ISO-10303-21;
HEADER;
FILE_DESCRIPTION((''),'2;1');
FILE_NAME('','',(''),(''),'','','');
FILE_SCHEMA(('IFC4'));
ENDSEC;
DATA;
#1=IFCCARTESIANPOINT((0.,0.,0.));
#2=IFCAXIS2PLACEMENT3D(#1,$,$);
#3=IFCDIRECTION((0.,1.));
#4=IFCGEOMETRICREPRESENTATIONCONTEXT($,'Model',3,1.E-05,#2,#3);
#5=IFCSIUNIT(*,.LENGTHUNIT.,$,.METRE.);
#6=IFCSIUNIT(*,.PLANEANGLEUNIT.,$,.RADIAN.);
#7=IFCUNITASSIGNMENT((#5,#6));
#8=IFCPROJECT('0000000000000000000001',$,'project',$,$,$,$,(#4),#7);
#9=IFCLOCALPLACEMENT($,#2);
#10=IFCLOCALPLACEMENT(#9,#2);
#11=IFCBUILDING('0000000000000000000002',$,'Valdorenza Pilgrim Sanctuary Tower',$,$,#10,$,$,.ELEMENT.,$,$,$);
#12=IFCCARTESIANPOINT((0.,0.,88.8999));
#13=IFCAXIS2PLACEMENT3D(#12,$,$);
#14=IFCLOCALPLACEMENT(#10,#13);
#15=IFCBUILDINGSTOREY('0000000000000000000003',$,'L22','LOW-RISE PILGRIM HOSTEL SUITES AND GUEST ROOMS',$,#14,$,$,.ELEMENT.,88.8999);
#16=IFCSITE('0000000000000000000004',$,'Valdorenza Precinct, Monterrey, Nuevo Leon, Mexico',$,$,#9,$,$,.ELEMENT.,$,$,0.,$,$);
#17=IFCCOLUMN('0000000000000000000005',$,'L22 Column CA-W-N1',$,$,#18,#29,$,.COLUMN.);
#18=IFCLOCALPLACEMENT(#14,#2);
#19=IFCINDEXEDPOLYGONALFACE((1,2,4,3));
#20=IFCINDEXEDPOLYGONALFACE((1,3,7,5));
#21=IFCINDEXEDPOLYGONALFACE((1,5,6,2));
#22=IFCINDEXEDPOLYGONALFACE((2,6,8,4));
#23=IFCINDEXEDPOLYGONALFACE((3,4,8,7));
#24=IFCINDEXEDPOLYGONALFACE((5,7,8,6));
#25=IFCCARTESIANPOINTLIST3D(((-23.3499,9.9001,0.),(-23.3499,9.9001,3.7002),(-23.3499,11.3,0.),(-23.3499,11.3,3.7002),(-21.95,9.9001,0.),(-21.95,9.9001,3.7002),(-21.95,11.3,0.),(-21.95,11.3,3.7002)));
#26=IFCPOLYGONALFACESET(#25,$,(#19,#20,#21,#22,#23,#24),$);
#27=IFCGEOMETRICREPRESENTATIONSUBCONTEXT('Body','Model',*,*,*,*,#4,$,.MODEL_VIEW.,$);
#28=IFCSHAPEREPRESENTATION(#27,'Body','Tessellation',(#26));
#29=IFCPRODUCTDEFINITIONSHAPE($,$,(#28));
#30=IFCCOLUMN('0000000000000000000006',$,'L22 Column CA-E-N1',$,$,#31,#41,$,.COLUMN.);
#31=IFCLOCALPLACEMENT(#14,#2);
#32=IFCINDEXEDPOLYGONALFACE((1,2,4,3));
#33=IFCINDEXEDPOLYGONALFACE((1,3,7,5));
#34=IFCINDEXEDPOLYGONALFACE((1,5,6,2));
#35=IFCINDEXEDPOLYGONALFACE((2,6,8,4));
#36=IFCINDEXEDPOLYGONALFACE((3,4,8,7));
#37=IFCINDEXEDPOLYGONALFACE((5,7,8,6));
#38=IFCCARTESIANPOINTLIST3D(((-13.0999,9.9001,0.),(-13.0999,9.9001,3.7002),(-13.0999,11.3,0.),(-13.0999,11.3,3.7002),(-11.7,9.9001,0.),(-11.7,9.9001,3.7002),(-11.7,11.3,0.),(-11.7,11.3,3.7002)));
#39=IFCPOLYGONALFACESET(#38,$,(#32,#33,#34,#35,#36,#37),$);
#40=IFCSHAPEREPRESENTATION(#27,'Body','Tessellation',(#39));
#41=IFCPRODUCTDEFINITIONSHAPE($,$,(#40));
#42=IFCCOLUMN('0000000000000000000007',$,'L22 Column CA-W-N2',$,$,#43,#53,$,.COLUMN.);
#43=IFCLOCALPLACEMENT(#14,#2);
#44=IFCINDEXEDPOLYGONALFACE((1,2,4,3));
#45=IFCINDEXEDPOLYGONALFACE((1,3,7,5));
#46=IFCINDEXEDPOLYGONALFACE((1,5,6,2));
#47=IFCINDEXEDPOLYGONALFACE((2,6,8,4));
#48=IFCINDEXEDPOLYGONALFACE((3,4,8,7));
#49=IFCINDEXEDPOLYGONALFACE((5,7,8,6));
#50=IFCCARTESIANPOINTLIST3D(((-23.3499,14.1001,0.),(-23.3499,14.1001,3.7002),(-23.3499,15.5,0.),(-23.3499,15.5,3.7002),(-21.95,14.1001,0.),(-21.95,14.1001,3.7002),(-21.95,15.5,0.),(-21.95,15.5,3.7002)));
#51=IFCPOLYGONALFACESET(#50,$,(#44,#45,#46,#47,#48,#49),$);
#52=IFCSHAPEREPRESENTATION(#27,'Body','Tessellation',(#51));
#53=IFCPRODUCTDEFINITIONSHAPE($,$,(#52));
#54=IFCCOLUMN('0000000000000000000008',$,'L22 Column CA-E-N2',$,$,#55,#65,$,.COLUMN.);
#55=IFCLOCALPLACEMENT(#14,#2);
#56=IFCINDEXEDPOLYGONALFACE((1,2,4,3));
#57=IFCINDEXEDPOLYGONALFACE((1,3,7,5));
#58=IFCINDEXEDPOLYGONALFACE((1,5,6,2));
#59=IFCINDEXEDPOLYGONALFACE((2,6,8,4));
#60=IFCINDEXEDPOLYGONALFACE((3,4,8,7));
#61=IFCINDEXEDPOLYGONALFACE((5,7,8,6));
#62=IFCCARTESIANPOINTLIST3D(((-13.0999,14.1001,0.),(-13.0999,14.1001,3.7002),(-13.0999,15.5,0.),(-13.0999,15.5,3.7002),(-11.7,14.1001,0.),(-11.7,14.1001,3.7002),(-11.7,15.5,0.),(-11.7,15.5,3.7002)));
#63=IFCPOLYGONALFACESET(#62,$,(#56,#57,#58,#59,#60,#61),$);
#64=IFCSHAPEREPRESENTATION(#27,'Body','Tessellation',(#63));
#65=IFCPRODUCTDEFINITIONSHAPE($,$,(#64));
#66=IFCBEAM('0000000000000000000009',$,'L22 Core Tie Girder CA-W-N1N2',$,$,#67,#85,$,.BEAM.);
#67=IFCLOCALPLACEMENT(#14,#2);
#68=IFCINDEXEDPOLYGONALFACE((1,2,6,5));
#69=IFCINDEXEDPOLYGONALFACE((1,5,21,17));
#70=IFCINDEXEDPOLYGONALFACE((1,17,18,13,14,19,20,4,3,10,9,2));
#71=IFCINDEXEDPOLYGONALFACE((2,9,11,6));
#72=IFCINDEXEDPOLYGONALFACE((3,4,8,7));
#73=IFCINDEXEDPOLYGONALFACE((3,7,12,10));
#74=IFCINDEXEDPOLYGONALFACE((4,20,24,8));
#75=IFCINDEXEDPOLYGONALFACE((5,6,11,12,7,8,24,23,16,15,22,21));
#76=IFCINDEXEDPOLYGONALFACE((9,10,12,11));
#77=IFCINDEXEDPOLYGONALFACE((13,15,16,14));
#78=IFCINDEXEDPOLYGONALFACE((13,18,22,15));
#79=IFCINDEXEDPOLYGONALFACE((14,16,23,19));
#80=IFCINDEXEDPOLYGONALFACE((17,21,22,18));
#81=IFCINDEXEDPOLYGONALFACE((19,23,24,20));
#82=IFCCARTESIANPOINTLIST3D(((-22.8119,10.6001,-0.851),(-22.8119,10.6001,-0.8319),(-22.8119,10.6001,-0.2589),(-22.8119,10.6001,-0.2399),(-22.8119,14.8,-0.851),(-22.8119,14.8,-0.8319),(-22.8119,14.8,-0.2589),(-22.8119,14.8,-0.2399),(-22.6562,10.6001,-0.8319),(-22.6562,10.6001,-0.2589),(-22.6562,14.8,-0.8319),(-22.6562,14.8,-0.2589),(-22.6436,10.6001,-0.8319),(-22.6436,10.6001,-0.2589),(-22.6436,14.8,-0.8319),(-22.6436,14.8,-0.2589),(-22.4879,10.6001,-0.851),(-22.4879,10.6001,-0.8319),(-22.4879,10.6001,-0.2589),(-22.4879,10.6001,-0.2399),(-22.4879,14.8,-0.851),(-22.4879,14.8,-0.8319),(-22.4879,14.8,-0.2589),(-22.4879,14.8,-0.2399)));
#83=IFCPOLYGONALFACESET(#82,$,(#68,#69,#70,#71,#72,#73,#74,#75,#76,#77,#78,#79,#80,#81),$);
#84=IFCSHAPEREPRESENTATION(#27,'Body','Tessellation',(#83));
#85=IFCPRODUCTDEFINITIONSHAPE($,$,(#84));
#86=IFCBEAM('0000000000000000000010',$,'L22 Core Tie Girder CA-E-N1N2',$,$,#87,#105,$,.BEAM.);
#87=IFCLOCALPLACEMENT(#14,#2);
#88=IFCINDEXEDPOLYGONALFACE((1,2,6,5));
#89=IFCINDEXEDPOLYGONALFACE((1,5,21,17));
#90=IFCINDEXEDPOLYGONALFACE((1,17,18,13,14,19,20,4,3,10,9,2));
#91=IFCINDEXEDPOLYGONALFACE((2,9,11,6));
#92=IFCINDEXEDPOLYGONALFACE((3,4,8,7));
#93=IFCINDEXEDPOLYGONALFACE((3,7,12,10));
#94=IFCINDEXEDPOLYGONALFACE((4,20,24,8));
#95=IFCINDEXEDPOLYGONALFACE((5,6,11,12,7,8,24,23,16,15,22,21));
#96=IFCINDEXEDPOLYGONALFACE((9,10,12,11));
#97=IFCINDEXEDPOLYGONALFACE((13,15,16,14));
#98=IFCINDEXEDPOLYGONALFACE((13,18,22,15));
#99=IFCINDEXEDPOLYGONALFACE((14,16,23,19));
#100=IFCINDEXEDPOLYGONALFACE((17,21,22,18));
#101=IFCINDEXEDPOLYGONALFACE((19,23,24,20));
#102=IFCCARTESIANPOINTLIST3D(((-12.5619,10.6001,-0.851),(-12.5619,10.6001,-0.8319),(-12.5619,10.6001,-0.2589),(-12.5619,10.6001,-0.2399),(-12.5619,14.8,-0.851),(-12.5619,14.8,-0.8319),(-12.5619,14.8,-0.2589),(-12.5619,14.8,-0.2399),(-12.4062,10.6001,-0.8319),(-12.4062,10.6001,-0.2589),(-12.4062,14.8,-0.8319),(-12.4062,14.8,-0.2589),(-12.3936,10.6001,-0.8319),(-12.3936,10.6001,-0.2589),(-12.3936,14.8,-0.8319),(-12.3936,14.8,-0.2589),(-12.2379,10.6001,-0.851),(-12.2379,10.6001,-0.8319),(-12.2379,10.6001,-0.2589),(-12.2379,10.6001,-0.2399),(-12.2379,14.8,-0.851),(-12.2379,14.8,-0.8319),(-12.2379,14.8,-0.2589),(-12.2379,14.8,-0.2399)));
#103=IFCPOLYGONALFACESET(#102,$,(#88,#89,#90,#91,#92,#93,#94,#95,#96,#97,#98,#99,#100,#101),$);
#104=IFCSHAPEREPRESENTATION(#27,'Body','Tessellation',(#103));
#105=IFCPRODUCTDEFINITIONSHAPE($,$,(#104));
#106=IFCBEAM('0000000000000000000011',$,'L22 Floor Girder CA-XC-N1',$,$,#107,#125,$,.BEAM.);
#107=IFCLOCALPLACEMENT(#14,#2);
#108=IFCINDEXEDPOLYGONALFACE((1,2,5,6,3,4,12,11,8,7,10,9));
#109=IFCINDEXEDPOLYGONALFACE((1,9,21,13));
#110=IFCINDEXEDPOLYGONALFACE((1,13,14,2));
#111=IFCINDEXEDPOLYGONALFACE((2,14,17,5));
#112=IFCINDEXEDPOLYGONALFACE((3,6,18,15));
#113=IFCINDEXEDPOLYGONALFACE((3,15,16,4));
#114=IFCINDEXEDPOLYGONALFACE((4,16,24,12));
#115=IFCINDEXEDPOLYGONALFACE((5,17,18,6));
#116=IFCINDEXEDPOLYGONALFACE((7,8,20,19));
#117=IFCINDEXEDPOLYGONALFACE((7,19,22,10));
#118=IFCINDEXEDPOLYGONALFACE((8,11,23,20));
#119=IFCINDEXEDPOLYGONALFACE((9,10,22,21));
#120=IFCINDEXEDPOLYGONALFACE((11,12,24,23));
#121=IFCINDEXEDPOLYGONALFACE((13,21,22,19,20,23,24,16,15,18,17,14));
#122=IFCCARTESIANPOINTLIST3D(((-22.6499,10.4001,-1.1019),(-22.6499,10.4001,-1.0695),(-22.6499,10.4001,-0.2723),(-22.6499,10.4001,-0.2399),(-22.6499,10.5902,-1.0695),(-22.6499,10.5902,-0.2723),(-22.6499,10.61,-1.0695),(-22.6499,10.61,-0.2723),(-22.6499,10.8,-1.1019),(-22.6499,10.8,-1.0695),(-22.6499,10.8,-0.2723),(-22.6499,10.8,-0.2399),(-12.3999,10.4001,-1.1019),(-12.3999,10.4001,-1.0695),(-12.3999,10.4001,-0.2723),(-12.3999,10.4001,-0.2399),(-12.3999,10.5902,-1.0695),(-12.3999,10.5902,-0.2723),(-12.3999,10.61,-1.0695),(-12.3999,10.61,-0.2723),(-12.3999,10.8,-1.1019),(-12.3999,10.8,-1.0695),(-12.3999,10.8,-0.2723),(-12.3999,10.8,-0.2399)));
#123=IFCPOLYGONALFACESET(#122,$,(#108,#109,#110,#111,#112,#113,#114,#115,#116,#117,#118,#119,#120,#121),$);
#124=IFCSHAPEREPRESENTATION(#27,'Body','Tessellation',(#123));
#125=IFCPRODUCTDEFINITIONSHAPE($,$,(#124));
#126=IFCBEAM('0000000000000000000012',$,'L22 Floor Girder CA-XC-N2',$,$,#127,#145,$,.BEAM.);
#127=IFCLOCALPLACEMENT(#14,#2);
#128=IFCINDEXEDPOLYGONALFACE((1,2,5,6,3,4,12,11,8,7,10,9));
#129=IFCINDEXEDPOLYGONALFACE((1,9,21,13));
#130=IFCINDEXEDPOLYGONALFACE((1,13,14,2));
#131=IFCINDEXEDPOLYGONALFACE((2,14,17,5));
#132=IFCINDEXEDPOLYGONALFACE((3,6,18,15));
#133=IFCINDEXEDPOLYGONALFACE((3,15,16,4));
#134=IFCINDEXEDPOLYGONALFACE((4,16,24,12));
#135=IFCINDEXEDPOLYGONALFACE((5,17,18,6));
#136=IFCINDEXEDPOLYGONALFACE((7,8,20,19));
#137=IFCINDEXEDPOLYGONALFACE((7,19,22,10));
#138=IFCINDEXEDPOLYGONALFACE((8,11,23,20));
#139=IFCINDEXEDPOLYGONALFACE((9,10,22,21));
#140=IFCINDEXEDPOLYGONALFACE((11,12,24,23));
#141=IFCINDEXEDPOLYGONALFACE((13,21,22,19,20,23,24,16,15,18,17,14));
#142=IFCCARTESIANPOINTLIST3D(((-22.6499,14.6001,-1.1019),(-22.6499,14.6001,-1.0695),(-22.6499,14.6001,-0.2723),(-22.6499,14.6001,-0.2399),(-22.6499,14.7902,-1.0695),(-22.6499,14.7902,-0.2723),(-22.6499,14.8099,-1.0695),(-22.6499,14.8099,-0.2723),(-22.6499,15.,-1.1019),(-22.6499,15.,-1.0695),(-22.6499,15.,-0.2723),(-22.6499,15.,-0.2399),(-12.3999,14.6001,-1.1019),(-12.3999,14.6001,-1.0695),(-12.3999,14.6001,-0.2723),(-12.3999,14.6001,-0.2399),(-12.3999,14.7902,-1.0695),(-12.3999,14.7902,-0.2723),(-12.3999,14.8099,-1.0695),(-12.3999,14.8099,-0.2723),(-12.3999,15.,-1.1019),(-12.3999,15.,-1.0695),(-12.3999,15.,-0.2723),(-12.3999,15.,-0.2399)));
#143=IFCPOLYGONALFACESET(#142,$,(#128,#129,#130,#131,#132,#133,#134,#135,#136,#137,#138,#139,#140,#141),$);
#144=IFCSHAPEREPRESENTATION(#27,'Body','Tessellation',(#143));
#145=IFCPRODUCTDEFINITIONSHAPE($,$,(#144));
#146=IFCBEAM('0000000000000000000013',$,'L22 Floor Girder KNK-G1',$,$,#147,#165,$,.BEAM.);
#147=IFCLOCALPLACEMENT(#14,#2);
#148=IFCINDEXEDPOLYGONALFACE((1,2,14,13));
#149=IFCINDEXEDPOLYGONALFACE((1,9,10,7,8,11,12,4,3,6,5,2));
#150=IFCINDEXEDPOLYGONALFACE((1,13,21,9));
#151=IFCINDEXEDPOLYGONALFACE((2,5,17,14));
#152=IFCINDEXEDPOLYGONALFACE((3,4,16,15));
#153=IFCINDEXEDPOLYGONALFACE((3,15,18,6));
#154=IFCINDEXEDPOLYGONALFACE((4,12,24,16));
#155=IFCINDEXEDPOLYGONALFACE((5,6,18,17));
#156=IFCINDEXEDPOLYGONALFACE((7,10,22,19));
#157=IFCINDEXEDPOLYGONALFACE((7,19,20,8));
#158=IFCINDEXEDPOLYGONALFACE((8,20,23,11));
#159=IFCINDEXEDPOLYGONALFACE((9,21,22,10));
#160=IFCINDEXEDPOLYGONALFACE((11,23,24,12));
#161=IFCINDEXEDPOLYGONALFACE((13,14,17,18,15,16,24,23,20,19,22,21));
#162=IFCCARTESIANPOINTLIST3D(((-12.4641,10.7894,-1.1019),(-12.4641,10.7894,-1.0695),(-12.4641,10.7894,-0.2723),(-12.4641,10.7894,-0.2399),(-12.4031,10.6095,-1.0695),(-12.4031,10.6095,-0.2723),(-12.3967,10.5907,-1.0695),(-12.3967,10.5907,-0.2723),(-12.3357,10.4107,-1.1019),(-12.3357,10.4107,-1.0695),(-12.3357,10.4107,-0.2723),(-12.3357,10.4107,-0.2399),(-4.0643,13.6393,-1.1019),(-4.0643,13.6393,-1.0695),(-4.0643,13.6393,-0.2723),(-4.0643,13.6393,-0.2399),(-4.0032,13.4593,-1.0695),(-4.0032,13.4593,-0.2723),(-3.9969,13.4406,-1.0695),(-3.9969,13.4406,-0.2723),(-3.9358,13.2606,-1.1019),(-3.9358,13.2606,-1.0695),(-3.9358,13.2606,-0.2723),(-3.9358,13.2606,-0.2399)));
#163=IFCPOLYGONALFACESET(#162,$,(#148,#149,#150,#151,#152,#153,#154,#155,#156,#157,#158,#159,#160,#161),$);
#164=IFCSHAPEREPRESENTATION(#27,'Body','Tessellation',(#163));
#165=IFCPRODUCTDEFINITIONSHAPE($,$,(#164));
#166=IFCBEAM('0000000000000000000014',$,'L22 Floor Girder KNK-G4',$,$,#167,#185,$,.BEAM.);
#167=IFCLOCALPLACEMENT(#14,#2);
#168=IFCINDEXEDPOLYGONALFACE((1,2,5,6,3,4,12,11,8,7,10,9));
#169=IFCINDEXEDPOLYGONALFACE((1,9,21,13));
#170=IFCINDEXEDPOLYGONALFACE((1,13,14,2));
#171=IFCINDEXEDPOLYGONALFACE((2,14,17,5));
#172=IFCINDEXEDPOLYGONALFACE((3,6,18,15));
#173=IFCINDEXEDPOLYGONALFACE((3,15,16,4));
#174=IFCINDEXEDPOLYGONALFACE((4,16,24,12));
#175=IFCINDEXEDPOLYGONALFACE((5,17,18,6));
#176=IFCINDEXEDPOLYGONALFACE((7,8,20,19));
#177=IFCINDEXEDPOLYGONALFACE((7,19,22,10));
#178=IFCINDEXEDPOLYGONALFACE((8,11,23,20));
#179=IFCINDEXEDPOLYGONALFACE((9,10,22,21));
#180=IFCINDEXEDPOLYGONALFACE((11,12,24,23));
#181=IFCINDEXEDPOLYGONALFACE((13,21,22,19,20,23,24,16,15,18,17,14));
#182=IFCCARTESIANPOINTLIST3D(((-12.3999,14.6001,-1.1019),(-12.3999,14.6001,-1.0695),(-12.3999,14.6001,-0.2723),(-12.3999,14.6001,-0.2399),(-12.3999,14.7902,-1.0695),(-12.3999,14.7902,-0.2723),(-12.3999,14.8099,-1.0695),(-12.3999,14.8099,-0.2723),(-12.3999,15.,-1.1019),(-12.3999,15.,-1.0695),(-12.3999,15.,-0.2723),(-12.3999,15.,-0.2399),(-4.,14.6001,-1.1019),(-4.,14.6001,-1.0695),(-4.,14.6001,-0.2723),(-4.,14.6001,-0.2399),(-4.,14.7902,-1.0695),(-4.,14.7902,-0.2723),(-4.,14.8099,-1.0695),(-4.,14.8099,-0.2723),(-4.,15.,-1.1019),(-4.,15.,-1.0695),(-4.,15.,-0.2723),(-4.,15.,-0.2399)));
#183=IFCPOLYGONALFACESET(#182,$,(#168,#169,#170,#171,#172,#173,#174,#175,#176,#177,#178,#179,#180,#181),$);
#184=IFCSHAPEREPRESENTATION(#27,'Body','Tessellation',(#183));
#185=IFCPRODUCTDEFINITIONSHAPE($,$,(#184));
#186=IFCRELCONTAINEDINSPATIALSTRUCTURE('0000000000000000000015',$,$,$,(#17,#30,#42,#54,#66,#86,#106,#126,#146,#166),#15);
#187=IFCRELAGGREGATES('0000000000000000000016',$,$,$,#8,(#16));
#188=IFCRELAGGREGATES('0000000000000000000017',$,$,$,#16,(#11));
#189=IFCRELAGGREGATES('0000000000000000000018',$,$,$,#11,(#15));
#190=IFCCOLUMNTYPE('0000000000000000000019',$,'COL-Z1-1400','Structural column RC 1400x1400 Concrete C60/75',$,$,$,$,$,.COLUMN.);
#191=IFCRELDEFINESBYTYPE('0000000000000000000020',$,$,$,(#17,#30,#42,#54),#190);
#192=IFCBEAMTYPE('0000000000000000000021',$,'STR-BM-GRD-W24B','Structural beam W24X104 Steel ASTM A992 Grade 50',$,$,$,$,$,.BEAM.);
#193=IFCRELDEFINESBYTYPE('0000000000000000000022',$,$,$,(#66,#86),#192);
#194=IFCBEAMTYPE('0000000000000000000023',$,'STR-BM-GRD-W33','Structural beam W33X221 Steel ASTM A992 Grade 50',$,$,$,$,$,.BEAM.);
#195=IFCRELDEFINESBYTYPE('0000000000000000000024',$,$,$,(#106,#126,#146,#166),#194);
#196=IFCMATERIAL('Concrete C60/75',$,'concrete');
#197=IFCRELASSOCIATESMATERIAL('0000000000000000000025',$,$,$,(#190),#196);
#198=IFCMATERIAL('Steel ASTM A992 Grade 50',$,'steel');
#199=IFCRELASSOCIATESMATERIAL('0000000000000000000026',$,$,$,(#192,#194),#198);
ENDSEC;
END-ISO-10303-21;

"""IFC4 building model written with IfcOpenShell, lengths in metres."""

from ifc_helpers import new_model, si_unit, direction, frame, origin, origin_2d, place, context, subcontext, project, spatial, rectangle, i_section, extrude, source, transform, mapped, material, material_profile, profile_set, type_object, element, save


model = new_model("IFC4")

# Units and contexts
model_context = context("Model", 3, precision=1e-05, world=origin(), true_north=direction((0.0, 1.0)))
body_context = subcontext(model_context, "Body", "Model", "MODEL_VIEW")
ifc_project = project(units=[si_unit("LENGTHUNIT", "METRE"), si_unit("PLANEANGLEUNIT", "RADIAN")], contexts=[model_context])

# Site, building, storey
site_placement = place(None, origin())
site = spatial("IfcSite", under=ifc_project, at=site_placement, Name="Valdorenza Precinct, Monterrey, Nuevo Leon, Mexico", CompositionType="ELEMENT", RefElevation=0.0)
building_placement = place(site_placement, origin())
building = spatial("IfcBuilding", under=site, at=building_placement, Name="Valdorenza Pilgrim Sanctuary Tower", CompositionType="ELEMENT")
storey_placement = place(building_placement, frame((0.0, 0.0, 88.8999)))
storey = spatial("IfcBuildingStorey", under=building, at=storey_placement, Name="L22", Description="LOW-RISE PILGRIM HOSTEL SUITES AND GUEST ROOMS", CompositionType="ELEMENT", Elevation=88.8999)

# Columns
ifc_material_1 = material(Name="Concrete C60/75", Category="concrete")
ifc_material_profile_1 = material_profile(ifc_material_1, rectangle(XDim=1.3999, YDim=1.3999, at=origin_2d()), Name="RC 1400x1400")
ifc_profile_set_1 = profile_set([ifc_material_profile_1], Name="Concrete C60/75")
column_type = type_object("IfcColumnType", Name="COL-Z1-1400", Description="Structural column RC 1400x1400 Concrete C60/75", PredefinedType="COLUMN", material=ifc_profile_set_1)
shared_shape_1 = source(origin(), body_context, "Body", "SweptSolid", [
    extrude(rectangle(XDim=1.3999, YDim=1.3999, at=origin_2d()), origin(), (0.0, 0.0, 1.0), 3.7002),
])
for number, where, z_axis, x_axis, name in (
    (1, (-22.6499, 10.6001, 0.0), (0.0, 0.0, 1.0), (1.0, 0.0, 0.0), "L22 Column CA-W-N1"),
    (2, (-12.3999, 10.6001, 0.0), (0.0, 0.0, 1.0), (1.0, 0.0, 0.0), "L22 Column CA-E-N1"),
    (3, (-22.6499, 14.8, 0.0), (0.0, 0.0, 1.0), (1.0, 0.0, 0.0), "L22 Column CA-W-N2"),
    (4, (-12.3999, 14.8, 0.0), (0.0, 0.0, 1.0), (1.0, 0.0, 0.0), "L22 Column CA-E-N2"),
):
    element("IfcColumn", number, at=place(storey_placement, frame(where, z_axis=z_axis, x_axis=x_axis)), inside=storey, type_object=column_type, Name=name, PredefinedType="COLUMN", context=body_context, shape_type="MappedRepresentation", body=[
        mapped(shared_shape_1, transform((0.0, 0.0, 0.0), x_axis=(1.0, 0.0, 0.0), y_axis=(0.0, 1.0, 0.0), z_axis=(0.0, 0.0, 1.0), scale=1.0)),
    ])

# Beams
ifc_material_2 = material(Name="Steel ASTM A992 Grade 50", Category="steel")
ifc_material_profile_2 = material_profile(ifc_material_2, i_section(OverallWidth=0.324, OverallDepth=0.6111, WebThickness=0.0127, FlangeThickness=0.019, at=origin_2d()), Name="W24X104")
ifc_profile_set_2 = profile_set([ifc_material_profile_2], Name="Steel ASTM A992 Grade 50")
beam_type_1 = type_object("IfcBeamType", Name="STR-BM-GRD-W24B", Description="Structural beam W24X104 Steel ASTM A992 Grade 50", PredefinedType="BEAM", material=ifc_profile_set_2)
shared_shape_2 = source(origin(), body_context, "Body", "SweptSolid", [
    extrude(i_section(OverallWidth=0.324, OverallDepth=0.6111, WebThickness=0.0127, FlangeThickness=0.019, at=origin_2d()), origin(), (0.0, 0.0, 1.0), 4.2),
])
for number, where, z_axis, x_axis, name in (
    (5, (-22.6499, 10.6001, -0.5454), (0.0, 1.0, 0.0), (-1.0, 0.0, 0.0), "L22 Core Tie Girder CA-W-N1N2"),
    (6, (-12.3999, 10.6001, -0.5454), (0.0, 1.0, 0.0), (-1.0, 0.0, 0.0), "L22 Core Tie Girder CA-E-N1N2"),
):
    element("IfcBeam", number, at=place(storey_placement, frame(where, z_axis=z_axis, x_axis=x_axis)), inside=storey, type_object=beam_type_1, Name=name, PredefinedType="BEAM", context=body_context, shape_type="MappedRepresentation", body=[
        mapped(shared_shape_2, transform((0.0, 0.0, 0.0), x_axis=(1.0, 0.0, 0.0), y_axis=(0.0, 1.0, 0.0), z_axis=(0.0, 0.0, 1.0), scale=1.0)),
    ])
ifc_material_profile_3 = material_profile(ifc_material_2, i_section(OverallWidth=0.3999, OverallDepth=0.8621, WebThickness=0.0198, FlangeThickness=0.0325, at=origin_2d()), Name="W33X221")
ifc_profile_set_3 = profile_set([ifc_material_profile_3], Name="Steel ASTM A992 Grade 50")
beam_type_2 = type_object("IfcBeamType", Name="STR-BM-GRD-W33", Description="Structural beam W33X221 Steel ASTM A992 Grade 50", PredefinedType="BEAM", material=ifc_profile_set_3)
shared_shape_3 = source(origin(), body_context, "Body", "SweptSolid", [
    extrude(i_section(OverallWidth=0.3999, OverallDepth=0.8621, WebThickness=0.0198, FlangeThickness=0.0325, at=origin_2d()), origin(), (0.0, 0.0, 1.0), 10.25),
])
for number, where, z_axis, x_axis, name in (
    (7, (-22.6499, 10.6001, -0.6709), (1.0, 0.0, 0.0), (0.0, 1.0, 0.0), "L22 Floor Girder CA-XC-N1"),
    (8, (-22.6499, 14.8, -0.6709), (1.0, 0.0, 0.0), (0.0, 1.0, 0.0), "L22 Floor Girder CA-XC-N2"),
):
    element("IfcBeam", number, at=place(storey_placement, frame(where, z_axis=z_axis, x_axis=x_axis)), inside=storey, type_object=beam_type_2, Name=name, PredefinedType="BEAM", context=body_context, shape_type="MappedRepresentation", body=[
        mapped(shared_shape_3, transform((0.0, 0.0, 0.0), x_axis=(1.0, 0.0, 0.0), y_axis=(0.0, 1.0, 0.0), z_axis=(0.0, 0.0, 1.0), scale=1.0)),
    ])
shared_shape_4 = source(origin(), body_context, "Body", "SweptSolid", [
    extrude(i_section(OverallWidth=0.3999, OverallDepth=0.8621, WebThickness=0.0198, FlangeThickness=0.0325, at=origin_2d()), origin(), (0.0, 0.0, 1.0), 8.8701),
])
beam_1_placement = place(storey_placement, frame((-12.3999, 10.6001, -0.6709), z_axis=(0.946983, 0.321285, 0.0), x_axis=(-0.321285, 0.946983, 0.0)))
element("IfcBeam", 9, at=beam_1_placement, inside=storey, type_object=beam_type_2, Name="L22 Floor Girder KNK-G1", PredefinedType="BEAM", context=body_context, shape_type="MappedRepresentation", body=[
    mapped(shared_shape_4, transform((0.0, 0.0, 0.0), x_axis=(1.0, 0.0, 0.0), y_axis=(0.0, 1.0, 0.0), z_axis=(0.0, 0.0, 1.0), scale=1.0)),
])
shared_shape_5 = source(origin(), body_context, "Body", "SweptSolid", [
    extrude(i_section(OverallWidth=0.3999, OverallDepth=0.8621, WebThickness=0.0198, FlangeThickness=0.0325, at=origin_2d()), origin(), (0.0, 0.0, 1.0), 8.3999),
])
beam_2_placement = place(storey_placement, frame((-12.3999, 14.8, -0.6709), z_axis=(1.0, 0.0, 0.0), x_axis=(0.0, 1.0, 0.0)))
element("IfcBeam", 10, at=beam_2_placement, inside=storey, type_object=beam_type_2, Name="L22 Floor Girder KNK-G4", PredefinedType="BEAM", context=body_context, shape_type="MappedRepresentation", body=[
    mapped(shared_shape_5, transform((0.0, 0.0, 0.0), x_axis=(1.0, 0.0, 0.0), y_axis=(0.0, 1.0, 0.0), z_axis=(0.0, 0.0, 1.0), scale=1.0)),
])

save(model, "model.ifc")
